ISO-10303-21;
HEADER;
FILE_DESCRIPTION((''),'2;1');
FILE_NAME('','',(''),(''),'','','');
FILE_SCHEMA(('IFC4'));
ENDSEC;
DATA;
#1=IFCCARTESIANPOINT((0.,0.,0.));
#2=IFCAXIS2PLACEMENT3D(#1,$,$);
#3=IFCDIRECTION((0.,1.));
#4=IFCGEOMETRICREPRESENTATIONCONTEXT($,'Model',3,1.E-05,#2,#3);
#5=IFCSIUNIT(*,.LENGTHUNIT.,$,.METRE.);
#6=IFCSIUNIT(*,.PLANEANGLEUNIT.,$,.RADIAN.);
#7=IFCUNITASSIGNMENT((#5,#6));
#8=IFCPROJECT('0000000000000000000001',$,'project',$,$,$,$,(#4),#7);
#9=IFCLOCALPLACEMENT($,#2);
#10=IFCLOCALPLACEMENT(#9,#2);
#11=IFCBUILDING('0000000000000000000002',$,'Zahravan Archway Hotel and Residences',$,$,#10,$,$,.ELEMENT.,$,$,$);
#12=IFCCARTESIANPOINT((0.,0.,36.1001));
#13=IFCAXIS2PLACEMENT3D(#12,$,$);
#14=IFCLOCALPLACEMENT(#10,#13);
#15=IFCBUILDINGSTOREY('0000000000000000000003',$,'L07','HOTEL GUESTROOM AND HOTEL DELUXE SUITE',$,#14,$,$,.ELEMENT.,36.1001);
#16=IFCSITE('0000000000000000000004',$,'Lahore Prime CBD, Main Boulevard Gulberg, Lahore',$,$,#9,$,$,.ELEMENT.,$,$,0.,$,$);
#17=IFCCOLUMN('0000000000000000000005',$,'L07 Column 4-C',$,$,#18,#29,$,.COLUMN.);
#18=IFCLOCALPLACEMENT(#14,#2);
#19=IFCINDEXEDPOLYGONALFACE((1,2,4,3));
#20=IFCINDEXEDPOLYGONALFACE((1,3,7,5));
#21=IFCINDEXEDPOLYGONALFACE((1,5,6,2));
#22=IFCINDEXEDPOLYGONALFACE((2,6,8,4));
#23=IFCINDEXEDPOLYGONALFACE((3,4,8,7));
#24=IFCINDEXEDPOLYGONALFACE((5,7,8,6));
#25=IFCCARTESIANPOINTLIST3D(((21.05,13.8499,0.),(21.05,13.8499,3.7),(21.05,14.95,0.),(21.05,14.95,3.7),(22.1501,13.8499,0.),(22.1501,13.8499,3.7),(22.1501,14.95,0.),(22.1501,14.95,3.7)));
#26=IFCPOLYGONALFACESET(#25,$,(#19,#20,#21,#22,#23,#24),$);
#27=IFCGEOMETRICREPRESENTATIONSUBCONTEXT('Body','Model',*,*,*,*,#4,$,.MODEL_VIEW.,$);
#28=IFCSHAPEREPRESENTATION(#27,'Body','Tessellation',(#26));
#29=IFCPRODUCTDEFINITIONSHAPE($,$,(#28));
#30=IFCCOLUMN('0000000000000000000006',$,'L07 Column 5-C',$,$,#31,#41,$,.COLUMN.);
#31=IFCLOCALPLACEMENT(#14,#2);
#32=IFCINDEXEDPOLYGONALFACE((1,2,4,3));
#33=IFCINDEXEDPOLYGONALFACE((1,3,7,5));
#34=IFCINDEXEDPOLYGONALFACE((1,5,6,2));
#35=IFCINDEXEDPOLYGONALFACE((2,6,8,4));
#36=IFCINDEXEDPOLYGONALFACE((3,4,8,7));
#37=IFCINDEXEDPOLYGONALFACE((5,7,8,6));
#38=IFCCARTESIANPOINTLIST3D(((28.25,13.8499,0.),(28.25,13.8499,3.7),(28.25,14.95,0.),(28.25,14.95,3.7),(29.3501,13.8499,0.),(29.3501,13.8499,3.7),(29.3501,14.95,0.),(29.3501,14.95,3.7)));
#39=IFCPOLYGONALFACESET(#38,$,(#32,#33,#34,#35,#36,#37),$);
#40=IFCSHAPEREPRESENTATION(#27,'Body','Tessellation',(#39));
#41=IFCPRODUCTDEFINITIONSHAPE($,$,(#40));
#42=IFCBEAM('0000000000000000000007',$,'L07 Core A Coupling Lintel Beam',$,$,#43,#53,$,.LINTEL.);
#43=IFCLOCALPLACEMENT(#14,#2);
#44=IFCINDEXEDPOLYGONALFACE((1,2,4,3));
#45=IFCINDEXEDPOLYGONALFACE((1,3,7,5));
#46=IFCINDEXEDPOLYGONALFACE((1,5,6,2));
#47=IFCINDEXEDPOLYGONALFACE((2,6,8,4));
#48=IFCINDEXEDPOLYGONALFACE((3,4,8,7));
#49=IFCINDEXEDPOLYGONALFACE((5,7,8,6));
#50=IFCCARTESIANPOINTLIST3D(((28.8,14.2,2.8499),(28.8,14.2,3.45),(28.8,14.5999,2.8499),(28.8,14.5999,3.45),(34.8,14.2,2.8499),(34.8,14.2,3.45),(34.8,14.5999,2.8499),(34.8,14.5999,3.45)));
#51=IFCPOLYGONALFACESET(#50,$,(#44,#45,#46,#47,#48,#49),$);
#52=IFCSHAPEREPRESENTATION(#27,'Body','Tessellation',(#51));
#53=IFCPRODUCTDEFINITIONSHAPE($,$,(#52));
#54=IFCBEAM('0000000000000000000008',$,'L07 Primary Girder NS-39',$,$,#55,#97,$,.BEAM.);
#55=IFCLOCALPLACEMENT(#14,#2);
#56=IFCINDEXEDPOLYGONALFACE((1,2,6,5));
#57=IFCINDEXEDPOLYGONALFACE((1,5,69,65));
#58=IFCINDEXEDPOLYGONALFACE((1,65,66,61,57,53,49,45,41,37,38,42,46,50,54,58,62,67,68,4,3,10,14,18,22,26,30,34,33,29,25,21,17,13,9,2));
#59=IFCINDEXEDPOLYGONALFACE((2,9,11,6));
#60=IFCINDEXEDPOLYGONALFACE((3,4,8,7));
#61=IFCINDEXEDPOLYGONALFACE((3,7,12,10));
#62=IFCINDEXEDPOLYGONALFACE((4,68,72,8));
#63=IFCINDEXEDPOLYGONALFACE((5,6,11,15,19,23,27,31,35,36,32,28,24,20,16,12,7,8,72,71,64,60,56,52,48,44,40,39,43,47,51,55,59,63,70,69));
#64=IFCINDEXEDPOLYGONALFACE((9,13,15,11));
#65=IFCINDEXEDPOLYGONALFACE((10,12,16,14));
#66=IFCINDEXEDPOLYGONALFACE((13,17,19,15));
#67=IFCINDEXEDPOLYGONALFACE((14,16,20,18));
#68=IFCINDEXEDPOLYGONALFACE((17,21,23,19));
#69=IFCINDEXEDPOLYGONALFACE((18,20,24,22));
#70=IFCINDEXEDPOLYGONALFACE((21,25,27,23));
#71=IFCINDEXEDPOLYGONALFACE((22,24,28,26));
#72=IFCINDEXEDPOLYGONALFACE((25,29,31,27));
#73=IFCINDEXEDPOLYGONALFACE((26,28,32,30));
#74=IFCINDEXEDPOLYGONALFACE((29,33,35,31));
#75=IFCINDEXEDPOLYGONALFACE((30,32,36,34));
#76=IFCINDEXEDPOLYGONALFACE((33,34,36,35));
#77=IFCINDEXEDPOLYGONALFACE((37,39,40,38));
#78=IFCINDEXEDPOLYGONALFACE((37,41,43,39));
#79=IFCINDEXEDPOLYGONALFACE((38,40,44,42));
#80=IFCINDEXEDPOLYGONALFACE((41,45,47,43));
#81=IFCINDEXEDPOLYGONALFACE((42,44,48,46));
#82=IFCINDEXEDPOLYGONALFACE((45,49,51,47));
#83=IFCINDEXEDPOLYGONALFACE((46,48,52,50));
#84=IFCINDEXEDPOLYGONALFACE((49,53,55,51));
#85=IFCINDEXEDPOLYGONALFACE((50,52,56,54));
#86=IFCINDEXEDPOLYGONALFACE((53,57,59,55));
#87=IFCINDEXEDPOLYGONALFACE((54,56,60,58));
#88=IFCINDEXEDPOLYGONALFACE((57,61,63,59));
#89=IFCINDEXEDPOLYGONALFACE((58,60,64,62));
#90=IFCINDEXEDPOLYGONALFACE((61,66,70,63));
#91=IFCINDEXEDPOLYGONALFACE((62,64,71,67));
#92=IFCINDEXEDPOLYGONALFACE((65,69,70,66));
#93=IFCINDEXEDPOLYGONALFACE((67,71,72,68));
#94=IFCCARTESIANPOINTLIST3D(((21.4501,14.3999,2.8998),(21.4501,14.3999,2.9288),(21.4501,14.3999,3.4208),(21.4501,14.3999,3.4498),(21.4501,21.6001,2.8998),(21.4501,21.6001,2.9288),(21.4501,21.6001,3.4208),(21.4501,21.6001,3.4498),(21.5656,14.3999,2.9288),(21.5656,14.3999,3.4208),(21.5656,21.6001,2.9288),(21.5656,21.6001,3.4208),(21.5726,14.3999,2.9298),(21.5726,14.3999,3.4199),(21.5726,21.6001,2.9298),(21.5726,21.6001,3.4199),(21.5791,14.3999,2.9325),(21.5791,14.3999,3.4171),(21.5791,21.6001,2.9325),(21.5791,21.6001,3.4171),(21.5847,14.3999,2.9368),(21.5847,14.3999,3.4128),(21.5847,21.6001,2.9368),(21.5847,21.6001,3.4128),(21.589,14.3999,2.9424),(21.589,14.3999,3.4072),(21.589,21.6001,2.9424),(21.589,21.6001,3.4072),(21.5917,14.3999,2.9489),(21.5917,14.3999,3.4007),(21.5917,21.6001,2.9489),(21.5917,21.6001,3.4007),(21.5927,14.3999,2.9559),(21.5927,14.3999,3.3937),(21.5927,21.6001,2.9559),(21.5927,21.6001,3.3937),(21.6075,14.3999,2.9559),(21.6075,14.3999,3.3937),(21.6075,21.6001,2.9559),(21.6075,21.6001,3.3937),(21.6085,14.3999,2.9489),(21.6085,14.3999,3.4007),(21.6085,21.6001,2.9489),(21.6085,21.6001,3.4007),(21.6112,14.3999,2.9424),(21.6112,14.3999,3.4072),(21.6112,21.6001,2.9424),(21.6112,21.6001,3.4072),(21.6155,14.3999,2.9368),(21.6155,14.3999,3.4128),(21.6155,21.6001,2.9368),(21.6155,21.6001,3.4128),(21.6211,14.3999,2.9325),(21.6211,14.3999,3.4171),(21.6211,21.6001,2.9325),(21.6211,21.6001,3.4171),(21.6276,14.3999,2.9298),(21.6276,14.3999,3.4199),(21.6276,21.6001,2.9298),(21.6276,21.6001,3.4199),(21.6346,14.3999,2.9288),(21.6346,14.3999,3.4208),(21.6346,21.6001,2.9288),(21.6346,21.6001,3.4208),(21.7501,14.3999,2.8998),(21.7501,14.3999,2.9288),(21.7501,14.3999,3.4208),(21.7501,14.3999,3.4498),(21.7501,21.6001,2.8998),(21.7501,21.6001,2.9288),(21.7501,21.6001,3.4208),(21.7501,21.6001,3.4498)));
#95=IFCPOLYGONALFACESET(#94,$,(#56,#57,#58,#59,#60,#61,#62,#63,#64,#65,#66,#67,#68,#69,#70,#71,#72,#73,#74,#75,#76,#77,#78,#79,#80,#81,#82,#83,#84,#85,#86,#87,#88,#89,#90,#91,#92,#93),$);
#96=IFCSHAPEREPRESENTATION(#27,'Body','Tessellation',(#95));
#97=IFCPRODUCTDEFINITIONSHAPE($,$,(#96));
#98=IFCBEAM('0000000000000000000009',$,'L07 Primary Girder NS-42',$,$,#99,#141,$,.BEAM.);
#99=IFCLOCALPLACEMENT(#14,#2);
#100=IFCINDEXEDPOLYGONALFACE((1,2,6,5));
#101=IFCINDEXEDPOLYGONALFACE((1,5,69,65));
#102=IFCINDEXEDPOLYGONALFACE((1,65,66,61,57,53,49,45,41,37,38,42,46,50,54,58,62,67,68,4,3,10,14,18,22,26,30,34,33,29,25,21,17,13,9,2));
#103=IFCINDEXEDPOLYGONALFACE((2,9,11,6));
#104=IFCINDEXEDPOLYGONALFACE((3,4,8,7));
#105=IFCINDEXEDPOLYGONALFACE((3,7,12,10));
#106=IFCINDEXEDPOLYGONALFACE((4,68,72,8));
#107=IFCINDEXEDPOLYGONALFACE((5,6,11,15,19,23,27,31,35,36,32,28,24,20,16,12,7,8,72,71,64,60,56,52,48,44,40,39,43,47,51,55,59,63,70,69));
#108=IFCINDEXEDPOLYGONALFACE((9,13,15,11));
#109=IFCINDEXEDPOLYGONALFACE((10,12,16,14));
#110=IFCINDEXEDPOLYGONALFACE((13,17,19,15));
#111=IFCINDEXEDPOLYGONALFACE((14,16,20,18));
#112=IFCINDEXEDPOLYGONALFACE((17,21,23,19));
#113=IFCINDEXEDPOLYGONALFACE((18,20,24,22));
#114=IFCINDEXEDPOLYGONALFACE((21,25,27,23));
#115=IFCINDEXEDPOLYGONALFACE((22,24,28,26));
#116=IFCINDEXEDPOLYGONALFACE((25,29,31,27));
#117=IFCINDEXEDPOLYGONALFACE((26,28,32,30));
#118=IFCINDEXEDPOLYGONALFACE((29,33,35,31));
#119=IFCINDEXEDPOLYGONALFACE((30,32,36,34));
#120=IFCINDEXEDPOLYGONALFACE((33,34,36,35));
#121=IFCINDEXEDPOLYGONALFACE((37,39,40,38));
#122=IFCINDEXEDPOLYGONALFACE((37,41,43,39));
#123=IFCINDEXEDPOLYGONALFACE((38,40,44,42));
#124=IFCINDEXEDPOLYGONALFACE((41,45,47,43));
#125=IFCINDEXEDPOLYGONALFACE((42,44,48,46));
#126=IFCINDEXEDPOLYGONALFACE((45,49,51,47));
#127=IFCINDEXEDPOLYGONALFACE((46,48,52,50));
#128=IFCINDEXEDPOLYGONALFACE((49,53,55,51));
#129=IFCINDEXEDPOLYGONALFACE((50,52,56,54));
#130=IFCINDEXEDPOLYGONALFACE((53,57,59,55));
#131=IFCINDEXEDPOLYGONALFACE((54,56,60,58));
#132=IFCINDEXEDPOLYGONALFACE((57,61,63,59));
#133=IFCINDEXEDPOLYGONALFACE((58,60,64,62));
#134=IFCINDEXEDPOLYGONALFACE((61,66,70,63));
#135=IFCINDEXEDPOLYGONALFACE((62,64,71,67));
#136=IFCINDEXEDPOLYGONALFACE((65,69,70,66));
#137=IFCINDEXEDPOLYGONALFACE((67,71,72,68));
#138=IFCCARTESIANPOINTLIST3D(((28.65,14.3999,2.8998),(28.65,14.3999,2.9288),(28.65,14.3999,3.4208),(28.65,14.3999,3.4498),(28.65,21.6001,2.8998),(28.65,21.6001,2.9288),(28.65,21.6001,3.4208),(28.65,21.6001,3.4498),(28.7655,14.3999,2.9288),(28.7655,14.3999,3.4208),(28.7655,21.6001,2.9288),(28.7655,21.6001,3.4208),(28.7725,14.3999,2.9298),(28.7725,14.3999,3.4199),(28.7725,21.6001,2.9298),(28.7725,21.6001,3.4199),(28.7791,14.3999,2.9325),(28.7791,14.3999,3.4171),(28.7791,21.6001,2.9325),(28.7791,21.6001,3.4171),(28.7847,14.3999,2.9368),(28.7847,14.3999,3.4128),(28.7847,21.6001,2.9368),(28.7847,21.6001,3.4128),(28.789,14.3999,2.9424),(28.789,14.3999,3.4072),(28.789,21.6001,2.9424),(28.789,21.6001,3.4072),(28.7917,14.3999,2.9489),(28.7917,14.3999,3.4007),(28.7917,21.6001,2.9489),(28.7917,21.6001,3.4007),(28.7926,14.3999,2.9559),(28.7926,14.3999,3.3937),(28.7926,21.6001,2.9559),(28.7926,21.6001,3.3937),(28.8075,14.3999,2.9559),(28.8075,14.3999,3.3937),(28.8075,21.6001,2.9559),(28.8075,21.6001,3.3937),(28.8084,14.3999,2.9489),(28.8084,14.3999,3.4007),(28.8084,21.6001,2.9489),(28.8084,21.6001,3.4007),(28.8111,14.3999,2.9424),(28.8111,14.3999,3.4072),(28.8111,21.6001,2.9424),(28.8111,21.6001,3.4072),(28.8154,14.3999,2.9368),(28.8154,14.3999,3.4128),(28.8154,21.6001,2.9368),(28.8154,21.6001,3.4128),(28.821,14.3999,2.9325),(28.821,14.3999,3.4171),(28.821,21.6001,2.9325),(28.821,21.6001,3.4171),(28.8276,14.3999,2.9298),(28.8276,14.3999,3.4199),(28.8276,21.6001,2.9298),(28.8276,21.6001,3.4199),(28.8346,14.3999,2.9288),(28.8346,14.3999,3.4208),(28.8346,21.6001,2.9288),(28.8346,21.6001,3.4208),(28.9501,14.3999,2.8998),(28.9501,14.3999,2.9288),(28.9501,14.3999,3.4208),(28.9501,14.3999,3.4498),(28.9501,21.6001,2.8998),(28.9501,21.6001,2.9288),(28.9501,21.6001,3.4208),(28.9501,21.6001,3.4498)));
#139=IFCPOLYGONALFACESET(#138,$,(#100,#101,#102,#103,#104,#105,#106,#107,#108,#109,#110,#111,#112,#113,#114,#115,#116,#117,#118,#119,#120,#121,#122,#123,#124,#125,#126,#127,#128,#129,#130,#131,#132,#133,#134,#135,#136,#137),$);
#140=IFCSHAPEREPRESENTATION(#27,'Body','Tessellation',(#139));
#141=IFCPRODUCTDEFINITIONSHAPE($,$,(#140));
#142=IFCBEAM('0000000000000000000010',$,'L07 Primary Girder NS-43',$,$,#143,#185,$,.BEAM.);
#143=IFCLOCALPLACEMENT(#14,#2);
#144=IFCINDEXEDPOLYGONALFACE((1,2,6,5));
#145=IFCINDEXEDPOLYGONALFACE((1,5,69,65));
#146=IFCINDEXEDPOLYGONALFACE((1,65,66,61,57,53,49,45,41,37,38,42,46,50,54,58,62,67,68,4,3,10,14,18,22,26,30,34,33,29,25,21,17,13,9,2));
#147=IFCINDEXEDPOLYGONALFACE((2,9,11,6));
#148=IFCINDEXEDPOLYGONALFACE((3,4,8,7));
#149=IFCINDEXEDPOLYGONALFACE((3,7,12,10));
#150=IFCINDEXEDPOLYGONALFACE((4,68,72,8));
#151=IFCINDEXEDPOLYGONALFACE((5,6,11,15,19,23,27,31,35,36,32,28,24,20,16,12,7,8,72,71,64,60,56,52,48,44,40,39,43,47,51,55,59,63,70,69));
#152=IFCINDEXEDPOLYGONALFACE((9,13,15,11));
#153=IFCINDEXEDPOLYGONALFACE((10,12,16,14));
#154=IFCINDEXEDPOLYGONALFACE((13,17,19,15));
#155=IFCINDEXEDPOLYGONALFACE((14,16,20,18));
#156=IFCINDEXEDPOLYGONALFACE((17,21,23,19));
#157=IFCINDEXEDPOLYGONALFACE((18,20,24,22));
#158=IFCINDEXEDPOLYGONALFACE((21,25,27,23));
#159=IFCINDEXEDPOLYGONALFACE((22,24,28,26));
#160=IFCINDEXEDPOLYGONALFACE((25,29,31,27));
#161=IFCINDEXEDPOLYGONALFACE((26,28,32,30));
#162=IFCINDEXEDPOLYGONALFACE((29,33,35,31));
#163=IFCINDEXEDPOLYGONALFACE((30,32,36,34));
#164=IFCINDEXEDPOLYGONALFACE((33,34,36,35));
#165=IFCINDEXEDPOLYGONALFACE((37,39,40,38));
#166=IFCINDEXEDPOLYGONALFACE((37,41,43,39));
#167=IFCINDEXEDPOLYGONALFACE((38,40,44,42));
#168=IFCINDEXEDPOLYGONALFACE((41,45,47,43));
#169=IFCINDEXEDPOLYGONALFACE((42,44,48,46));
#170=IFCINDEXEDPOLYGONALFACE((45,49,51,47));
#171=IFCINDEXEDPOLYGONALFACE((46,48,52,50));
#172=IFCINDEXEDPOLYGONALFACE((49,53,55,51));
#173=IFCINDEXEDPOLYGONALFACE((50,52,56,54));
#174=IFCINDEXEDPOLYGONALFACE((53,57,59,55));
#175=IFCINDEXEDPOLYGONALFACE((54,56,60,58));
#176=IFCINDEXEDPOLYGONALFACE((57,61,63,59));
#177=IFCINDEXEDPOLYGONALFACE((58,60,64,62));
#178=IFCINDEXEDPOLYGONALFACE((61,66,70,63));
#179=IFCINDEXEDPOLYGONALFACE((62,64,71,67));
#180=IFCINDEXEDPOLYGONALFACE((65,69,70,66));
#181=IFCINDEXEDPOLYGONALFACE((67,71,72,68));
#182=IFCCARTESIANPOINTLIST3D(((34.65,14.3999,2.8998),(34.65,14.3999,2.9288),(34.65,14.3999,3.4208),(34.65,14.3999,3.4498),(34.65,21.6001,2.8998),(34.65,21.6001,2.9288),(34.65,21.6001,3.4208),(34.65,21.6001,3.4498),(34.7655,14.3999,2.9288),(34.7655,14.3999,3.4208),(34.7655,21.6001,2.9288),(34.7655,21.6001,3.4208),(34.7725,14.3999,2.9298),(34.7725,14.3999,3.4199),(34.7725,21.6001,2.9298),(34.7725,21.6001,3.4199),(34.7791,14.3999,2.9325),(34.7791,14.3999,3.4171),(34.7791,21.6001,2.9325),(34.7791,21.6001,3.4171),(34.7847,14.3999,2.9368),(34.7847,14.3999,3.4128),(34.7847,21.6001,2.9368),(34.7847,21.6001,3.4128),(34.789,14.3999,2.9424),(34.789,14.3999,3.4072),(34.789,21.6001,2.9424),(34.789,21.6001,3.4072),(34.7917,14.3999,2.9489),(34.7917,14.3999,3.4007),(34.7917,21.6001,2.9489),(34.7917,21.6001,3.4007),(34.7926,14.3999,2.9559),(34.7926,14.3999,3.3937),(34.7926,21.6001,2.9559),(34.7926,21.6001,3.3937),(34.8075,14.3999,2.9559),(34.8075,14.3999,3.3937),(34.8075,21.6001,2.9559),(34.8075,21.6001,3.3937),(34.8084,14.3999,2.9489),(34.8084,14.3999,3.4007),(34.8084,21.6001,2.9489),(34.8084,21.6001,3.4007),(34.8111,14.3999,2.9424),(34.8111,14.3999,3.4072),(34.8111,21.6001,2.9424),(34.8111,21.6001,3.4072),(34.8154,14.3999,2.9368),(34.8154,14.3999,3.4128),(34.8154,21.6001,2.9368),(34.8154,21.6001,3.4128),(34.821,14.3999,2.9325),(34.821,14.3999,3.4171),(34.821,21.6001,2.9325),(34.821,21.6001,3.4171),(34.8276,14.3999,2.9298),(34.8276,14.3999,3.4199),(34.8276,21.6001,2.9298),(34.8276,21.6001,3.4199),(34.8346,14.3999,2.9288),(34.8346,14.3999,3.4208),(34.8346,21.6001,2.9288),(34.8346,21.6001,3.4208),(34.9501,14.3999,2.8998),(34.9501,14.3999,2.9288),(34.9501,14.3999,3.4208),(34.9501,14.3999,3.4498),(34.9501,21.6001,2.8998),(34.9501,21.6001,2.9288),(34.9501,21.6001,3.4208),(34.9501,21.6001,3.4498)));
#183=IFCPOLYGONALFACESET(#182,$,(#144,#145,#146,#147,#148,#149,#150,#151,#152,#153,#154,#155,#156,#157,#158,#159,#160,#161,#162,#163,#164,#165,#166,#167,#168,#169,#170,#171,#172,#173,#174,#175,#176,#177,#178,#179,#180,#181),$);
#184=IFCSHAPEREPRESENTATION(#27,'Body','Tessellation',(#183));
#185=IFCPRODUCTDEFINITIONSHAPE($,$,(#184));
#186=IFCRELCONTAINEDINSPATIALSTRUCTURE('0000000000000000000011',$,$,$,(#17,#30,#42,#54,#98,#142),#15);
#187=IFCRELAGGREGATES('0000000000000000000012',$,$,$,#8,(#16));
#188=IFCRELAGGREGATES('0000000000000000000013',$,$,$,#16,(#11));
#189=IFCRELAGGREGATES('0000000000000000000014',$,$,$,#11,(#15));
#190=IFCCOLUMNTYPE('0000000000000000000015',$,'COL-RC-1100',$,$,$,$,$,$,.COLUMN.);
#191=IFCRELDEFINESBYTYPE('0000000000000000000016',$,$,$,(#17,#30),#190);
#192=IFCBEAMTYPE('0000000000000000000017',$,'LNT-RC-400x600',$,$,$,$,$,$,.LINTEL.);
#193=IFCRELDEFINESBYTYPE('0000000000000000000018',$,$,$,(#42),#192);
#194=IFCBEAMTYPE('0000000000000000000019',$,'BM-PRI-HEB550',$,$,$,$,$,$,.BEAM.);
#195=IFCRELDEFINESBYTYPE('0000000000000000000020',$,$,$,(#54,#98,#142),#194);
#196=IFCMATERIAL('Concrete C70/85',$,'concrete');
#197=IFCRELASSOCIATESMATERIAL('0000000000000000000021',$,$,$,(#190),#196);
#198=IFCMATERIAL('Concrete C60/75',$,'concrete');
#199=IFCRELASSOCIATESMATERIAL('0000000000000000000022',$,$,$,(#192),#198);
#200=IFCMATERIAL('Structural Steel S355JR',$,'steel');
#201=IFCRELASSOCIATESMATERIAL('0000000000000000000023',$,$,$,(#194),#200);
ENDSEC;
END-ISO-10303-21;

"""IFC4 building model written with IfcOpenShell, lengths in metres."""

from ifc_helpers import new_model, si_unit, direction, frame, origin, origin_2d, place, context, subcontext, project, spatial, rectangle, i_section, extrude, source, transform, mapped, material, material_profile, profile_set, type_object, type_shapes, element, save


model = new_model("IFC4")

# Units and contexts
model_context = context("Model", 3, precision=1e-05, world=origin(), true_north=direction((0.0, 1.0)))
body_context = subcontext(model_context, "Body", "Model", "MODEL_VIEW")
ifc_project = project(units=[si_unit("LENGTHUNIT", "METRE"), si_unit("PLANEANGLEUNIT", "RADIAN")], contexts=[model_context])

# Site, building, storey
site_placement = place(None, origin())
site = spatial("IfcSite", under=ifc_project, at=site_placement, Name="Lahore Prime CBD, Main Boulevard Gulberg, Lahore", CompositionType="ELEMENT", RefElevation=0.0)
building_placement = place(site_placement, origin())
building = spatial("IfcBuilding", under=site, at=building_placement, Name="Zahravan Archway Hotel and Residences", CompositionType="ELEMENT")
storey_placement = place(building_placement, frame((0.0, 0.0, 36.1001)))
storey = spatial("IfcBuildingStorey", under=building, at=storey_placement, Name="L07", Description="HOTEL GUESTROOM AND HOTEL DELUXE SUITE", CompositionType="ELEMENT", Elevation=36.1001)

# Columns
ifc_material_1 = material(Name="Concrete C70/85", Category="concrete")
ifc_material_profile_1 = material_profile(ifc_material_1, rectangle(XDim=1.1001, YDim=1.1001, at=origin_2d()), Name="RC 1100x1100", Category="concrete")
ifc_profile_set_1 = profile_set([ifc_material_profile_1], Name="Concrete C70/85")
column_type = type_object("IfcColumnType", Name="COL-RC-1100", PredefinedType="COLUMN", material=ifc_profile_set_1)
shared_shape_1 = source(origin(), body_context, "Body", "SweptSolid", [
    extrude(rectangle(XDim=1.1001, YDim=1.1001, at=origin_2d()), origin(), (0.0, 0.0, 1.0), 3.7),
])
for number, where, z_axis, x_axis, name in (
    (1, (21.6001, 14.3999, 0.0), (0.0, 0.0, 1.0), (1.0, 0.0, 0.0), "L07 Column 4-C"),
    (2, (28.8, 14.3999, 0.0), (0.0, 0.0, 1.0), (1.0, 0.0, 0.0), "L07 Column 5-C"),
):
    element("IfcColumn", number, at=place(storey_placement, frame(where, z_axis=z_axis, x_axis=x_axis)), inside=storey, type_object=column_type, Name=name, PredefinedType="COLUMN", context=body_context, shape_type="MappedRepresentation", body=[
        mapped(shared_shape_1, transform((0.0, 0.0, 0.0), scale=1.0)),
    ])

# Beams
ifc_material_2 = material(Name="Concrete C60/75", Category="concrete")
ifc_material_profile_2 = material_profile(ifc_material_2, rectangle(XDim=0.3999, YDim=0.6001, at=origin_2d()), Name="RC-LNT-400x600", Category="concrete")
ifc_profile_set_2 = profile_set([ifc_material_profile_2], Name="Concrete C60/75")
beam_type_1 = type_object("IfcBeamType", Name="LNT-RC-400x600", PredefinedType="LINTEL", material=ifc_profile_set_2)
shared_shape_2 = source(origin(), body_context, "Body", "SweptSolid", [
    extrude(rectangle(XDim=0.3999, YDim=0.6001, at=origin_2d()), origin(), (0.0, 0.0, 1.0), 6.0),
])
type_shapes(beam_type_1, [shared_shape_2])
beam_1_placement = place(storey_placement, frame((28.8, 14.3999, 3.1499), z_axis=(1.0, 0.0, 0.0), x_axis=(0.0, 1.0, 0.0)))
element("IfcBeam", 3, at=beam_1_placement, inside=storey, type_object=beam_type_1, Name="L07 Core A Coupling Lintel Beam", PredefinedType="LINTEL", context=body_context, shape_type="MappedRepresentation", body=[
    mapped(shared_shape_2, transform((0.0, 0.0, 0.0), scale=1.0)),
])
ifc_material_3 = material(Name="Structural Steel S355JR", Category="steel")
ifc_material_profile_3 = material_profile(ifc_material_3, i_section(OverallWidth=0.3, OverallDepth=0.55, WebThickness=0.0149, FlangeThickness=0.0291, FilletRadius=0.0271, at=origin_2d()), Name="HEB 550", Category="steel")
ifc_profile_set_3 = profile_set([ifc_material_profile_3], Name="Structural Steel S355JR")
beam_type_2 = type_object("IfcBeamType", Name="BM-PRI-HEB550", PredefinedType="BEAM", material=ifc_profile_set_3)
shared_shape_3 = source(origin(), body_context, "Body", "SweptSolid", [
    extrude(i_section(OverallWidth=0.3, OverallDepth=0.55, WebThickness=0.0149, FlangeThickness=0.0291, FilletRadius=0.0271, at=origin_2d()), origin(), (0.0, 0.0, 1.0), 7.2002),
])
type_shapes(beam_type_2, [shared_shape_3])
for number, where, z_axis, x_axis, name in (
    (4, (21.6001, 14.3999, 3.1748), (0.0, 1.0, 0.0), (-1.0, 0.0, 0.0), "L07 Primary Girder NS-39"),
    (5, (28.8, 14.3999, 3.1748), (0.0, 1.0, 0.0), (-1.0, 0.0, 0.0), "L07 Primary Girder NS-42"),
    (6, (34.8, 14.3999, 3.1748), (0.0, 1.0, 0.0), (-1.0, 0.0, 0.0), "L07 Primary Girder NS-43"),
):
    element("IfcBeam", number, at=place(storey_placement, frame(where, z_axis=z_axis, x_axis=x_axis)), inside=storey, type_object=beam_type_2, Name=name, PredefinedType="BEAM", context=body_context, shape_type="MappedRepresentation", body=[
        mapped(shared_shape_3, transform((0.0, 0.0, 0.0), scale=1.0)),
    ])

save(model, "model.ifc")
